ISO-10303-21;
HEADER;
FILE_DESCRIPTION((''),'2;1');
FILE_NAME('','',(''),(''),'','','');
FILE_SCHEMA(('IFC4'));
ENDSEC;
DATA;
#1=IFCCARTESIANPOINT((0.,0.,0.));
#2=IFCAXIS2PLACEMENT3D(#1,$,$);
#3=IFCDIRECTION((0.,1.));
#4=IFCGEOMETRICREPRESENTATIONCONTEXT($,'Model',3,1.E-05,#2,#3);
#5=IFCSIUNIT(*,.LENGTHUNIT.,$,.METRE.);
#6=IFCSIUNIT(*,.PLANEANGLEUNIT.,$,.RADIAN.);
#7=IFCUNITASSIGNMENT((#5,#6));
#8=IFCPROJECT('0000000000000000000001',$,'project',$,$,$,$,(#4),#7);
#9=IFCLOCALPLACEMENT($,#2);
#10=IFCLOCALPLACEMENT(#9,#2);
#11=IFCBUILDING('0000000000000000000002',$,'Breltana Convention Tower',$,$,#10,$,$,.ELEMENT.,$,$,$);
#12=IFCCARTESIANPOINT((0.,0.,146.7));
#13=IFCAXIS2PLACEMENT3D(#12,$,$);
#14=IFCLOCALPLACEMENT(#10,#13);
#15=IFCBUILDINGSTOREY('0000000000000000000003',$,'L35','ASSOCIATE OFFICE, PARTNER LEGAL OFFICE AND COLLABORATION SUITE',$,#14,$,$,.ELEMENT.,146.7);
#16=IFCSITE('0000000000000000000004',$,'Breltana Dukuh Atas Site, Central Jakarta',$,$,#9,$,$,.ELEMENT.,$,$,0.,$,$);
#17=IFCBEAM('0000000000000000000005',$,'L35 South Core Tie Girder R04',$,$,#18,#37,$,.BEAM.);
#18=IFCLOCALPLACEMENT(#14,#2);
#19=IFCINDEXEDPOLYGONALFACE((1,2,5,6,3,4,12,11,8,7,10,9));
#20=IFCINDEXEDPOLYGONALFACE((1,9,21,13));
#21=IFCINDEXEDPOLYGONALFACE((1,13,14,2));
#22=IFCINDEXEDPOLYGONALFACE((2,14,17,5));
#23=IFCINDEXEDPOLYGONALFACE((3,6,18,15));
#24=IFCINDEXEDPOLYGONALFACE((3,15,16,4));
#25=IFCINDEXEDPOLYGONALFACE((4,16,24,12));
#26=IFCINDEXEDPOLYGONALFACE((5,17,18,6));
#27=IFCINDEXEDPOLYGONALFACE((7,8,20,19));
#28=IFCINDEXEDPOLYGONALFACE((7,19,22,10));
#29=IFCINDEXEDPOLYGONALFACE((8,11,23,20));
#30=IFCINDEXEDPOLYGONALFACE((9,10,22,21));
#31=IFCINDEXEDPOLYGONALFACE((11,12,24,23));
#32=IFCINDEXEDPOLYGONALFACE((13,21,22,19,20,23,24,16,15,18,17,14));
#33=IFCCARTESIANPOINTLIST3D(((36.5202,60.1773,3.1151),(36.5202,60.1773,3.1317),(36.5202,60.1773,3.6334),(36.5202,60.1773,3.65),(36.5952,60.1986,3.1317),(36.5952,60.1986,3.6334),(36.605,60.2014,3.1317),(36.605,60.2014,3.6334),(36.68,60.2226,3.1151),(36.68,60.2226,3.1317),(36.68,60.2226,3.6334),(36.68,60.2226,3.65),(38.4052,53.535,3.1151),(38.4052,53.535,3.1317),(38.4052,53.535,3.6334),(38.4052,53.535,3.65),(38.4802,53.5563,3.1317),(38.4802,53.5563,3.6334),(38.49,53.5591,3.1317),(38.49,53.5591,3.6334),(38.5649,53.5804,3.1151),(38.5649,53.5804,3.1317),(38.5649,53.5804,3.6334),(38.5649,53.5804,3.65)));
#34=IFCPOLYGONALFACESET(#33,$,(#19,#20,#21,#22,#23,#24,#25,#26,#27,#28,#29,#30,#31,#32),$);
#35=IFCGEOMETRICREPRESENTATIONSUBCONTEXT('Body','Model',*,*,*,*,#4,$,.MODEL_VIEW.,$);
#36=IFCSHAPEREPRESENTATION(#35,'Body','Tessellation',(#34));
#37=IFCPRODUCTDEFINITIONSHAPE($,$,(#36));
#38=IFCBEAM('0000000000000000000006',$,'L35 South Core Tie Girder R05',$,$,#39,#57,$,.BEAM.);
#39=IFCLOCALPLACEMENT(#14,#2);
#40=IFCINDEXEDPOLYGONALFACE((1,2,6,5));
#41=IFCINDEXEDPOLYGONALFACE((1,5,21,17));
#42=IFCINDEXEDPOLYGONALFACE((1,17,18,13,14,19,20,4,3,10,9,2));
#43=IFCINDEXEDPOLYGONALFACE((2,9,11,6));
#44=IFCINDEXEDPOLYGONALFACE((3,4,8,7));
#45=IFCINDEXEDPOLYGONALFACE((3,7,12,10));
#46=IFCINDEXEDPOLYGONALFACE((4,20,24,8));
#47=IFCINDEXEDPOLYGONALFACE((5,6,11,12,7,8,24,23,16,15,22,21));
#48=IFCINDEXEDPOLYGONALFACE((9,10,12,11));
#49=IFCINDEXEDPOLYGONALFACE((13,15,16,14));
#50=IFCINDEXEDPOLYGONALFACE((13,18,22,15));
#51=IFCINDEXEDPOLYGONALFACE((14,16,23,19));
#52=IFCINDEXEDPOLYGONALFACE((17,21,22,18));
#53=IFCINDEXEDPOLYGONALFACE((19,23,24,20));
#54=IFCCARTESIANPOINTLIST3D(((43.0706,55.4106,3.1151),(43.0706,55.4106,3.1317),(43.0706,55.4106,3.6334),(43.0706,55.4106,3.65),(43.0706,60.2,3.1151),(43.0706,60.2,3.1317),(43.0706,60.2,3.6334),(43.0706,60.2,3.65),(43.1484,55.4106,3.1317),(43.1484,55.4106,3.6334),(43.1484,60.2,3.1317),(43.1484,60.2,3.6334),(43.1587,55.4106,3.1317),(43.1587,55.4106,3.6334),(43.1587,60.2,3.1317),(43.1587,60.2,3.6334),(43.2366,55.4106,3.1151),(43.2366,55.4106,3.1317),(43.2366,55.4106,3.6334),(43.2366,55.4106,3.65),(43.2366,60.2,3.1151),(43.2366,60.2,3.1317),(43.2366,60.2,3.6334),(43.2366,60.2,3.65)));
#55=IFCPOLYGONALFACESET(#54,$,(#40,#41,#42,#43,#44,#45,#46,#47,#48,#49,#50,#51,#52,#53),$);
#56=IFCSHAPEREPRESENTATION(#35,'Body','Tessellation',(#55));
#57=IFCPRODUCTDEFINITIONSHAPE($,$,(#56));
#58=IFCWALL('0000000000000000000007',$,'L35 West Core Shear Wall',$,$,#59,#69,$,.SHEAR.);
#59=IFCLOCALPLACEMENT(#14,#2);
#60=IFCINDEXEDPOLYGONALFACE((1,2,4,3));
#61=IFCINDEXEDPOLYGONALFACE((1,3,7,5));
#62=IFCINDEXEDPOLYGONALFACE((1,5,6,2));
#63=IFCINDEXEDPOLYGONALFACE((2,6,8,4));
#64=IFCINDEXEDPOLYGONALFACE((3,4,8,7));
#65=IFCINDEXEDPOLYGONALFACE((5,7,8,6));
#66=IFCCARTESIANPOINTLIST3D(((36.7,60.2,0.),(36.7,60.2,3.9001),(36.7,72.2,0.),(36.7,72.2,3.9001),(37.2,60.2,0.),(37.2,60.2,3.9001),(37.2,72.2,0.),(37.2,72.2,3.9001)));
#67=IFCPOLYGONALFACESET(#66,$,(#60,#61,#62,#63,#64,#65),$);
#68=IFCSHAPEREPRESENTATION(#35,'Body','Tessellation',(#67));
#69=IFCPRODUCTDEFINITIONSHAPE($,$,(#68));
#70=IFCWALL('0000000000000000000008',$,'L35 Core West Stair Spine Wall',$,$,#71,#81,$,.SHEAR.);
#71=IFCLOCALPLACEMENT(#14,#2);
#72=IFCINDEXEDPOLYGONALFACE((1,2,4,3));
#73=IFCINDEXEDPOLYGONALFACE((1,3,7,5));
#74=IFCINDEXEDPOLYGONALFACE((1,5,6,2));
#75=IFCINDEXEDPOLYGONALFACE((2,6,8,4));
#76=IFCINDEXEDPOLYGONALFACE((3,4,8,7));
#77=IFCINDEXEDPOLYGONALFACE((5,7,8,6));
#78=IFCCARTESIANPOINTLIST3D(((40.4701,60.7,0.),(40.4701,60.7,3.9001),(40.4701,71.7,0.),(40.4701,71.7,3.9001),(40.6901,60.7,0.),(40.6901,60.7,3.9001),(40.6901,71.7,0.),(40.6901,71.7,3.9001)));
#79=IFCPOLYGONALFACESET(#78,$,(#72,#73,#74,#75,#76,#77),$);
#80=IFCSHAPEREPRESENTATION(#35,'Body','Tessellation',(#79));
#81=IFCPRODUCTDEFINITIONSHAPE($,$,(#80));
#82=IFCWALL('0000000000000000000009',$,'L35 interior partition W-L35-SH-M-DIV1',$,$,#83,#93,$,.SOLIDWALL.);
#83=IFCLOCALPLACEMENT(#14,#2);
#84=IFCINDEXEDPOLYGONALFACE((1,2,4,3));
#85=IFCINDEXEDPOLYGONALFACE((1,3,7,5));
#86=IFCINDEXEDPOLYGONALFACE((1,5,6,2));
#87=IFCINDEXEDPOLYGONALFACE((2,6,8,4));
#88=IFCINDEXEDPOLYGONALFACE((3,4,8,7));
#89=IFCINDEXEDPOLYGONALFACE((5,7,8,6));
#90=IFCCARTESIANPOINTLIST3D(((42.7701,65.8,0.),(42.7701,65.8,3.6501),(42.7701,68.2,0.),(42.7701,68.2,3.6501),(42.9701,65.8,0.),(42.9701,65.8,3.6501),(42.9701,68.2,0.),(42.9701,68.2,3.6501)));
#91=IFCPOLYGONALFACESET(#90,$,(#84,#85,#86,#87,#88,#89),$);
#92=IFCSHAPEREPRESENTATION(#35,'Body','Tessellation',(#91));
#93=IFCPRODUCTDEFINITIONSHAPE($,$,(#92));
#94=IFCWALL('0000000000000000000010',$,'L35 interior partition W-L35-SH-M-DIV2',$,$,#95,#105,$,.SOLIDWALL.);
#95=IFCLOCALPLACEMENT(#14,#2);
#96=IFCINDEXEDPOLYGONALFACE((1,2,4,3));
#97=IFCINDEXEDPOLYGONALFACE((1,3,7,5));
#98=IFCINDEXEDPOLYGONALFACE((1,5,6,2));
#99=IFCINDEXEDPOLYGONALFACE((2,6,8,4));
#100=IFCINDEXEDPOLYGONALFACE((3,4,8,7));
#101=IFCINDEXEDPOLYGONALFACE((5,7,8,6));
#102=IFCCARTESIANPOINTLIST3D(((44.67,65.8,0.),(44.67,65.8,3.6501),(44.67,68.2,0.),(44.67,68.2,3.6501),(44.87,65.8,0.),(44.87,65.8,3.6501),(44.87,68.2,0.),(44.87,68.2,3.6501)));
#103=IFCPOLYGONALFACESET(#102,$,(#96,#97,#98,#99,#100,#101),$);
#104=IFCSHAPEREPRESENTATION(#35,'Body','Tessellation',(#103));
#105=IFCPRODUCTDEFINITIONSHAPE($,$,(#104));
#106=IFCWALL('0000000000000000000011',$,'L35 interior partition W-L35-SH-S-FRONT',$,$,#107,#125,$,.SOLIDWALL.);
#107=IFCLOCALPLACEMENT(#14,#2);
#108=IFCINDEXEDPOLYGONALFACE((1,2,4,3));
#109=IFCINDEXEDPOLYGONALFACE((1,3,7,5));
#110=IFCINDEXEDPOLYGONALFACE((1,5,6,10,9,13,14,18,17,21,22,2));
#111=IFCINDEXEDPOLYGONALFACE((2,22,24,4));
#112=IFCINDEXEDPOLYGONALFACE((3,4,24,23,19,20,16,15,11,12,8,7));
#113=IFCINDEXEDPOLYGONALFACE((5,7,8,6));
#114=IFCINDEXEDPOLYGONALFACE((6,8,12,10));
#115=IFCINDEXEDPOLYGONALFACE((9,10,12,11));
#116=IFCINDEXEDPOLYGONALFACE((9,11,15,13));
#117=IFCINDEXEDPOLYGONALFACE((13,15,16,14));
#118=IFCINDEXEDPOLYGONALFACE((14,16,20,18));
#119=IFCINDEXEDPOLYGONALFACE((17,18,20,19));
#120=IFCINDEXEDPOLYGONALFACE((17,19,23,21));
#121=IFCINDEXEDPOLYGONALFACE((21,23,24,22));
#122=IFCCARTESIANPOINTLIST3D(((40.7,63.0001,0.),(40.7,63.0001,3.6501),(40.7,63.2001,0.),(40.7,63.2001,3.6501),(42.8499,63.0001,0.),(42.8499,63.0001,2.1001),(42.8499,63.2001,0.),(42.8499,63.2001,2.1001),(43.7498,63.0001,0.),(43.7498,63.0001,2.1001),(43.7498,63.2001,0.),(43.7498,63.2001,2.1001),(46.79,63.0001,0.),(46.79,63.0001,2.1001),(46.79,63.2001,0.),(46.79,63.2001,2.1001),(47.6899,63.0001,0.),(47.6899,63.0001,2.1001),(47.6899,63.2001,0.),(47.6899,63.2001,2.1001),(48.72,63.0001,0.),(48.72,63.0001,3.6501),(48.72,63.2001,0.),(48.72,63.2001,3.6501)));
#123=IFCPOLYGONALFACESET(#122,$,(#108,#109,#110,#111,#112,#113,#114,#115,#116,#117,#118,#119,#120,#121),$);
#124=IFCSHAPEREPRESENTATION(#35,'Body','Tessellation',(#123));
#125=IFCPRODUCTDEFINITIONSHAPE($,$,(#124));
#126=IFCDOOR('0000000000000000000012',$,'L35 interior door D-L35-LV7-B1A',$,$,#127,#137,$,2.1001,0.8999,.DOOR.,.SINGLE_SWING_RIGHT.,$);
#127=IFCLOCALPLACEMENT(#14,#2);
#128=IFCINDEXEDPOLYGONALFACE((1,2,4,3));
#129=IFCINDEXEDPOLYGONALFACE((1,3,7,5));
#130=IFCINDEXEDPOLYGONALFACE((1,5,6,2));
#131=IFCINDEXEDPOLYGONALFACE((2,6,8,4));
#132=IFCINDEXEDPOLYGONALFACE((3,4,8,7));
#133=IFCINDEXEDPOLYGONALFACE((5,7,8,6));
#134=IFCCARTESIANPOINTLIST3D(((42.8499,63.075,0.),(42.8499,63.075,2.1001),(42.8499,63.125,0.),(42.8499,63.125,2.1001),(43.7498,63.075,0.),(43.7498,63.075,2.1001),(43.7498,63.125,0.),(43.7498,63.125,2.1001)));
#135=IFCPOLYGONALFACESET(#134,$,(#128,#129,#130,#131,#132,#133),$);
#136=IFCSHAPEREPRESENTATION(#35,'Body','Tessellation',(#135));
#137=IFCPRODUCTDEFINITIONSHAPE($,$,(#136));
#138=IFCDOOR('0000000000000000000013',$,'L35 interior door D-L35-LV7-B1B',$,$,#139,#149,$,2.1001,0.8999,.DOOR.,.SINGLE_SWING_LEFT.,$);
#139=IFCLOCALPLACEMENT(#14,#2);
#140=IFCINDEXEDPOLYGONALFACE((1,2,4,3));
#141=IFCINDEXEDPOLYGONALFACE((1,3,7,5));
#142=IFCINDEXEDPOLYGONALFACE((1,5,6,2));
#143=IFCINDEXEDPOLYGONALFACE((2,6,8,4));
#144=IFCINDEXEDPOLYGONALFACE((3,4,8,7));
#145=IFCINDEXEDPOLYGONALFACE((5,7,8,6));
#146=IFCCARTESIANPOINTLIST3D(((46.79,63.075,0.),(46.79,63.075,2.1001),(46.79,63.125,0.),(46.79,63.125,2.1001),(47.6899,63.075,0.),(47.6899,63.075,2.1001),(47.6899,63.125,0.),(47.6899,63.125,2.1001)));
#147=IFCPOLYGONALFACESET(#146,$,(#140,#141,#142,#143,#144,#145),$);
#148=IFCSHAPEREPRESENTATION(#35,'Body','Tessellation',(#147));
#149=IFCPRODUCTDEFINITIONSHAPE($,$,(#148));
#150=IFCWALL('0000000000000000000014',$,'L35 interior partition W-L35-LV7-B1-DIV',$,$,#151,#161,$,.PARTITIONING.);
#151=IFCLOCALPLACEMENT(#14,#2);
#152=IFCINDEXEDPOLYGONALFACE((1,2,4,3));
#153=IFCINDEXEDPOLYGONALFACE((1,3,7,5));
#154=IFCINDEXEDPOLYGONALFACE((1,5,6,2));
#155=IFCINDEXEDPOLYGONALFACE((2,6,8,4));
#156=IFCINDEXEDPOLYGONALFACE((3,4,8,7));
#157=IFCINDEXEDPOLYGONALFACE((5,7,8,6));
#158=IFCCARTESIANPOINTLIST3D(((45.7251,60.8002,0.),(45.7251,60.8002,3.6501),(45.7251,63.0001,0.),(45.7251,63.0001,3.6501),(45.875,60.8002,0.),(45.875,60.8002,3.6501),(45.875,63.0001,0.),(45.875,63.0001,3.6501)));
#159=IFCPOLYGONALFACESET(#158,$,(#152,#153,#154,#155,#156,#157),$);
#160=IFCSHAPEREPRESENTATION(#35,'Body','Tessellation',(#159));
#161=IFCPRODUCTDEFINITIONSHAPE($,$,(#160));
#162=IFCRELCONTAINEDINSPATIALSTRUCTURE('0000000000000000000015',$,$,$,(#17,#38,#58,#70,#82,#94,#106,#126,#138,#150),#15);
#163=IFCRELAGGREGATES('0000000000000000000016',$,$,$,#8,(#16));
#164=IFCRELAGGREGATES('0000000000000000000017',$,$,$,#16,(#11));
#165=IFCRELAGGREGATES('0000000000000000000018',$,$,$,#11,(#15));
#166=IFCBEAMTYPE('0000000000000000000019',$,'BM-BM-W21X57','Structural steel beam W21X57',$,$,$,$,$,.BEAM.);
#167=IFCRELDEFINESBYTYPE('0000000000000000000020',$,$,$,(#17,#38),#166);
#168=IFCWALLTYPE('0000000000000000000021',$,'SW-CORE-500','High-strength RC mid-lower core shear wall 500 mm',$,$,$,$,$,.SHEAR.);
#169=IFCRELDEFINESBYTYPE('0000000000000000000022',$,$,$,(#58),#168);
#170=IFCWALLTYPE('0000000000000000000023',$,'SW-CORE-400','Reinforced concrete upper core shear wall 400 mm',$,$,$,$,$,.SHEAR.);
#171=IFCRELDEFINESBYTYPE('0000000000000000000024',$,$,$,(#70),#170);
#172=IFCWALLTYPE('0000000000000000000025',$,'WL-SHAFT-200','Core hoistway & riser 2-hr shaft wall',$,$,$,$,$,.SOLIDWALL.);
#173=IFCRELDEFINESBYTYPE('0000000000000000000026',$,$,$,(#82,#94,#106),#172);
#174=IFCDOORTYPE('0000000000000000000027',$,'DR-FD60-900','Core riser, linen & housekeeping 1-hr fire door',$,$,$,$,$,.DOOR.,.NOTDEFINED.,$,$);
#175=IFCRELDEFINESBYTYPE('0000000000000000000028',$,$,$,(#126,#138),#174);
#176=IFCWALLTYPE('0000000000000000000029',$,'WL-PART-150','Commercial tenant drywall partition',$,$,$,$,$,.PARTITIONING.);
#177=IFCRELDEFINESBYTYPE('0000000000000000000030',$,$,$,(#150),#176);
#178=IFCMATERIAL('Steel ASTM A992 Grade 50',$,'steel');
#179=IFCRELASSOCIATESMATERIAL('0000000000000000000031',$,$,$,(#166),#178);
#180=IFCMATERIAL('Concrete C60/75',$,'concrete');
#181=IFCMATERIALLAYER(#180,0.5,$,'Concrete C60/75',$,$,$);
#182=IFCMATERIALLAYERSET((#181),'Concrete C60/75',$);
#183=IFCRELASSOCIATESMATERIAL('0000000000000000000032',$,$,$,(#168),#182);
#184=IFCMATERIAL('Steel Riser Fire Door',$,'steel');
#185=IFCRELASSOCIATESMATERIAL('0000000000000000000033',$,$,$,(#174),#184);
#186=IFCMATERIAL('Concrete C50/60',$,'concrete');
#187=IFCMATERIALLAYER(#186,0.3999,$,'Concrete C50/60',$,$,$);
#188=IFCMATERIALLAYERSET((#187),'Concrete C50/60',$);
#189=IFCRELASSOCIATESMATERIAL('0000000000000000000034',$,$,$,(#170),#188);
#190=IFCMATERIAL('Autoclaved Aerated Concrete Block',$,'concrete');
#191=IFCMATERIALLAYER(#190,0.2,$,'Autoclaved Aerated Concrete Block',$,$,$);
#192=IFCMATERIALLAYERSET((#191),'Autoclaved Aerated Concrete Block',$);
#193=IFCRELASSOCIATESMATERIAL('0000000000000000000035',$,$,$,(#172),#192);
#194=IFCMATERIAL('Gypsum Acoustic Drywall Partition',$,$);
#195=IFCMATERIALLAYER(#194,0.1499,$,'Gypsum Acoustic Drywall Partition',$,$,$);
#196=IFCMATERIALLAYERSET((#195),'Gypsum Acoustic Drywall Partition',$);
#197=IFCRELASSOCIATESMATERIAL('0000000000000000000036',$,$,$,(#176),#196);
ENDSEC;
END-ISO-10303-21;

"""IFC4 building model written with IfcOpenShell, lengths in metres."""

from ifc_helpers import new_model, si_unit, direction, frame, frame_2d, origin, origin_2d, place, context, subcontext, project, spatial, rectangle, i_section, extrude, source, transform, mapped, material, layer, layer_set, material_profile, profile_set, type_object, type_shapes, element, fill, save


model = new_model("IFC4")

# Units and contexts
model_context = context("Model", 3, precision=1e-05, world=origin(), true_north=direction((0.0, 1.0)))
body_context = subcontext(model_context, "Body", "Model", "MODEL_VIEW")
ifc_project = project(units=[si_unit("LENGTHUNIT", "METRE"), si_unit("PLANEANGLEUNIT", "RADIAN")], contexts=[model_context])

# Site, building, storey
site_placement = place(None, origin())
site = spatial("IfcSite", under=ifc_project, at=site_placement, Name="Breltana Dukuh Atas Site, Central Jakarta", CompositionType="ELEMENT", RefElevation=0.0)
building_placement = place(site_placement, origin())
building = spatial("IfcBuilding", under=site, at=building_placement, Name="Breltana Convention Tower", CompositionType="ELEMENT")
storey_placement = place(building_placement, frame((0.0, 0.0, 146.7)))
storey = spatial("IfcBuildingStorey", under=building, at=storey_placement, Name="L35", Description="ASSOCIATE OFFICE, PARTNER LEGAL OFFICE AND COLLABORATION SUITE", CompositionType="ELEMENT", Elevation=146.7)

# Beams
ifc_material_1 = material(Name="Steel ASTM A992 Grade 50", Category="steel")
ifc_material_profile = material_profile(ifc_material_1, i_section(OverallWidth=0.166, OverallDepth=0.5349, WebThickness=0.0103, FlangeThickness=0.0166, at=origin_2d()), Name="W21X57")
ifc_profile_set = profile_set([ifc_material_profile], Name="Steel ASTM A992 Grade 50")
beam_type = type_object("IfcBeamType", Name="BM-BM-W21X57", Description="Structural steel beam W21X57", PredefinedType="BEAM", material=ifc_profile_set)
shared_shape_1 = source(origin(), body_context, "Body", "SweptSolid", [
    extrude(i_section(OverallWidth=0.166, OverallDepth=0.5349, WebThickness=0.0103, FlangeThickness=0.0166, at=origin_2d()), origin(), (0.0, 0.0, 1.0), 6.9045),
])
type_shapes(beam_type, [shared_shape_1])
beam_1_placement = place(storey_placement, frame((36.6001, 60.2, 3.3826), z_axis=(0.273007, -0.962012, 0.0), x_axis=(0.962012, 0.273007, 0.0)))
element("IfcBeam", 1, at=beam_1_placement, inside=storey, type_object=beam_type, Name="L35 South Core Tie Girder R04", PredefinedType="BEAM", context=body_context, shape_type="MappedRepresentation", body=[
    mapped(shared_shape_1, transform((0.0, 0.0, 0.0), scale=1.0)),
])
shared_shape_2 = source(origin(), body_context, "Body", "SweptSolid", [
    extrude(i_section(OverallWidth=0.166, OverallDepth=0.5349, WebThickness=0.0103, FlangeThickness=0.0166, at=origin_2d()), origin(), (0.0, 0.0, 1.0), 4.7893),
])
beam_2_placement = place(storey_placement, frame((43.1536, 60.2, 3.3826), z_axis=(0.0, -1.0, 0.0), x_axis=(1.0, 0.0, 0.0)))
element("IfcBeam", 2, at=beam_2_placement, inside=storey, type_object=beam_type, Name="L35 South Core Tie Girder R05", PredefinedType="BEAM", context=body_context, shape_type="MappedRepresentation", body=[
    mapped(shared_shape_2, transform((0.0, 0.0, 0.0), scale=1.0)),
])

# Wall
ifc_material_2 = material(Name="Concrete C60/75", Category="concrete")
ifc_layer_1 = layer(ifc_material_2, 0.5, Name="Concrete C60/75")
ifc_layer_set_1 = layer_set([ifc_layer_1], Name="Concrete C60/75")
wall_type_1 = type_object("IfcWallType", Name="SW-CORE-500", Description="High-strength RC mid-lower core shear wall 500 mm", PredefinedType="SHEAR", material=ifc_layer_set_1)
shared_shape_3 = source(origin(), body_context, "Body", "SweptSolid", [
    extrude(rectangle(XDim=12.0, YDim=0.5, at=frame_2d((6.0, 0.0))), origin(), (0.0, 0.0, 1.0), 3.9001),
])
wall_1_placement = place(storey_placement, frame((36.95, 60.2, 0.0), z_axis=(0.0, 0.0, 1.0), x_axis=(0.0, 1.0, 0.0)))
element("IfcWall", 3, at=wall_1_placement, inside=storey, type_object=wall_type_1, Name="L35 West Core Shear Wall", PredefinedType="SHEAR", context=body_context, shape_type="MappedRepresentation", body=[
    mapped(shared_shape_3, transform((0.0, 0.0, 0.0), scale=1.0)),
])

# Shared definitions
ifc_material_3 = material(Name="Steel Riser Fire Door", Category="steel")
door_type_1 = type_object("IfcDoorType", Name="DR-FD60-900", Description="Core riser, linen & housekeeping 1-hr fire door", OperationType="NOTDEFINED", PredefinedType="DOOR", material=ifc_material_3)
shared_shape_4 = source(origin(), body_context, "Body", "SweptSolid", [
    extrude(rectangle(XDim=0.8999, YDim=2.1001, at=frame_2d((0.45, 1.05))), frame((0.0, 0.0249, 0.0), z_axis=(0.0, -1.0, 0.0), x_axis=(1.0, 0.0, 0.0)), (0.0, 0.0, 1.0), 0.05),
])
type_shapes(door_type_1, [shared_shape_4])

# Walls
ifc_material_4 = material(Name="Concrete C50/60", Category="concrete")
ifc_layer_2 = layer(ifc_material_4, 0.3999, Name="Concrete C50/60")
ifc_layer_set_2 = layer_set([ifc_layer_2], Name="Concrete C50/60")
wall_type_2 = type_object("IfcWallType", Name="SW-CORE-400", Description="Reinforced concrete upper core shear wall 400 mm", PredefinedType="SHEAR", material=ifc_layer_set_2)
shared_shape_5 = source(origin(), body_context, "Body", "SweptSolid", [
    extrude(rectangle(XDim=11.0, YDim=0.22, at=frame_2d((5.5, 0.0))), origin(), (0.0, 0.0, 1.0), 3.9001),
])
wall_2_placement = place(storey_placement, frame((40.5801, 60.7, 0.0), z_axis=(0.0, 0.0, 1.0), x_axis=(0.0, 1.0, 0.0)))
element("IfcWall", 4, at=wall_2_placement, inside=storey, type_object=wall_type_2, Name="L35 Core West Stair Spine Wall", PredefinedType="SHEAR", context=body_context, shape_type="MappedRepresentation", body=[
    mapped(shared_shape_5, transform((0.0, 0.0, 0.0), scale=1.0)),
])
ifc_material_5 = material(Name="Autoclaved Aerated Concrete Block", Category="concrete")
ifc_layer_3 = layer(ifc_material_5, 0.2, Name="Autoclaved Aerated Concrete Block")
ifc_layer_set_3 = layer_set([ifc_layer_3], Name="Autoclaved Aerated Concrete Block")
wall_type_3 = type_object("IfcWallType", Name="WL-SHAFT-200", Description="Core hoistway & riser 2-hr shaft wall", PredefinedType="SOLIDWALL", material=ifc_layer_set_3)
shared_shape_6 = source(origin(), body_context, "Body", "SweptSolid", [
    extrude(rectangle(XDim=2.3999, YDim=0.2, at=frame_2d((1.2, 0.0))), origin(), (0.0, 0.0, 1.0), 3.6501),
])
for number, where, z_axis, x_axis, name in (
    (5, (42.8701, 65.8, 0.0), (0.0, 0.0, 1.0), (0.0, 1.0, 0.0), "L35 interior partition W-L35-SH-M-DIV1"),
    (6, (44.77, 65.8, 0.0), (0.0, 0.0, 1.0), (0.0, 1.0, 0.0), "L35 interior partition W-L35-SH-M-DIV2"),
):
    element("IfcWall", number, at=place(storey_placement, frame(where, z_axis=z_axis, x_axis=x_axis)), inside=storey, type_object=wall_type_3, Name=name, PredefinedType="SOLIDWALL", context=body_context, shape_type="MappedRepresentation", body=[
        mapped(shared_shape_6, transform((0.0, 0.0, 0.0), scale=1.0)),
    ])

# Wall, openings, doors
shared_shape_7 = source(origin(), body_context, "Body", "SweptSolid", [
    extrude(rectangle(XDim=8.02, YDim=0.2, at=frame_2d((4.01, 0.0))), origin(), (0.0, 0.0, 1.0), 3.6501),
])
wall_3_placement = place(storey_placement, frame((40.7, 63.1001, 0.0), z_axis=(0.0, 0.0, 1.0), x_axis=(1.0, 0.0, 0.0)))
wall_3 = element("IfcWall", 7, at=wall_3_placement, inside=storey, type_object=wall_type_3, Name="L35 interior partition W-L35-SH-S-FRONT", PredefinedType="SOLIDWALL", context=body_context, shape_type="MappedRepresentation", body=[
    mapped(shared_shape_7, transform((0.0, 0.0, 0.0), scale=1.0)),
])
opening_1_placement = place(wall_3_placement, frame((2.1499, 0.0, 0.0)))
opening_1 = element("IfcOpeningElement", 8, at=opening_1_placement, cuts=wall_3, PredefinedType="OPENING", context=body_context, shape_type="SweptSolid", body=[
    extrude(rectangle(XDim=0.8999, YDim=2.1001, at=frame_2d((0.45, 1.05))), frame((0.0, 0.1099, 0.0), z_axis=(0.0, -1.0, 0.0), x_axis=(1.0, 0.0, 0.0)), (0.0, 0.0, 1.0), 0.22),
])
opening_2_placement = place(wall_3_placement, frame((6.0901, 0.0, 0.0)))
opening_2 = element("IfcOpeningElement", 9, at=opening_2_placement, cuts=wall_3, PredefinedType="OPENING", context=body_context, shape_type="SweptSolid", body=[
    extrude(rectangle(XDim=0.8999, YDim=2.1001, at=frame_2d((0.45, 1.05))), frame((0.0, 0.1099, 0.0), z_axis=(0.0, -1.0, 0.0), x_axis=(1.0, 0.0, 0.0)), (0.0, 0.0, 1.0), 0.22),
])
door_1_placement = place(opening_1_placement, origin())
door_1 = element("IfcDoor", 10, at=door_1_placement, inside=storey, type_object=door_type_1, Name="L35 interior door D-L35-LV7-B1A", OperationType="SINGLE_SWING_RIGHT", OverallHeight=2.1001, OverallWidth=0.8999, PredefinedType="DOOR", context=body_context, shape_type="MappedRepresentation", body=[
    mapped(shared_shape_4, transform((0.0, 0.0, 0.0), scale=1.0)),
])
fill(opening_1, door_1)
door_2_placement = place(opening_2_placement, origin())
door_2 = element("IfcDoor", 11, at=door_2_placement, inside=storey, type_object=door_type_1, Name="L35 interior door D-L35-LV7-B1B", OperationType="SINGLE_SWING_LEFT", OverallHeight=2.1001, OverallWidth=0.8999, PredefinedType="DOOR", context=body_context, shape_type="MappedRepresentation", body=[
    mapped(shared_shape_4, transform((0.0, 0.0, 0.0), scale=1.0)),
])
fill(opening_2, door_2)

# Wall
ifc_material_6 = material(Name="Gypsum Acoustic Drywall Partition")
ifc_layer_4 = layer(ifc_material_6, 0.1499, Name="Gypsum Acoustic Drywall Partition")
ifc_layer_set_4 = layer_set([ifc_layer_4], Name="Gypsum Acoustic Drywall Partition")
wall_type_4 = type_object("IfcWallType", Name="WL-PART-150", Description="Commercial tenant drywall partition", PredefinedType="PARTITIONING", material=ifc_layer_set_4)
shared_shape_8 = source(origin(), body_context, "Body", "SweptSolid", [
    extrude(rectangle(XDim=2.2, YDim=0.1499, at=frame_2d((1.1001, 0.0))), origin(), (0.0, 0.0, 1.0), 3.6501),
])
wall_4_placement = place(storey_placement, frame((45.8, 60.8, 0.0), z_axis=(0.0, 0.0, 1.0), x_axis=(0.0, 1.0, 0.0)))
element("IfcWall", 12, at=wall_4_placement, inside=storey, type_object=wall_type_4, Name="L35 interior partition W-L35-LV7-B1-DIV", PredefinedType="PARTITIONING", context=body_context, shape_type="MappedRepresentation", body=[
    mapped(shared_shape_8, transform((0.0, 0.0, 0.0), scale=1.0)),
])

save(model, "model.ifc")
